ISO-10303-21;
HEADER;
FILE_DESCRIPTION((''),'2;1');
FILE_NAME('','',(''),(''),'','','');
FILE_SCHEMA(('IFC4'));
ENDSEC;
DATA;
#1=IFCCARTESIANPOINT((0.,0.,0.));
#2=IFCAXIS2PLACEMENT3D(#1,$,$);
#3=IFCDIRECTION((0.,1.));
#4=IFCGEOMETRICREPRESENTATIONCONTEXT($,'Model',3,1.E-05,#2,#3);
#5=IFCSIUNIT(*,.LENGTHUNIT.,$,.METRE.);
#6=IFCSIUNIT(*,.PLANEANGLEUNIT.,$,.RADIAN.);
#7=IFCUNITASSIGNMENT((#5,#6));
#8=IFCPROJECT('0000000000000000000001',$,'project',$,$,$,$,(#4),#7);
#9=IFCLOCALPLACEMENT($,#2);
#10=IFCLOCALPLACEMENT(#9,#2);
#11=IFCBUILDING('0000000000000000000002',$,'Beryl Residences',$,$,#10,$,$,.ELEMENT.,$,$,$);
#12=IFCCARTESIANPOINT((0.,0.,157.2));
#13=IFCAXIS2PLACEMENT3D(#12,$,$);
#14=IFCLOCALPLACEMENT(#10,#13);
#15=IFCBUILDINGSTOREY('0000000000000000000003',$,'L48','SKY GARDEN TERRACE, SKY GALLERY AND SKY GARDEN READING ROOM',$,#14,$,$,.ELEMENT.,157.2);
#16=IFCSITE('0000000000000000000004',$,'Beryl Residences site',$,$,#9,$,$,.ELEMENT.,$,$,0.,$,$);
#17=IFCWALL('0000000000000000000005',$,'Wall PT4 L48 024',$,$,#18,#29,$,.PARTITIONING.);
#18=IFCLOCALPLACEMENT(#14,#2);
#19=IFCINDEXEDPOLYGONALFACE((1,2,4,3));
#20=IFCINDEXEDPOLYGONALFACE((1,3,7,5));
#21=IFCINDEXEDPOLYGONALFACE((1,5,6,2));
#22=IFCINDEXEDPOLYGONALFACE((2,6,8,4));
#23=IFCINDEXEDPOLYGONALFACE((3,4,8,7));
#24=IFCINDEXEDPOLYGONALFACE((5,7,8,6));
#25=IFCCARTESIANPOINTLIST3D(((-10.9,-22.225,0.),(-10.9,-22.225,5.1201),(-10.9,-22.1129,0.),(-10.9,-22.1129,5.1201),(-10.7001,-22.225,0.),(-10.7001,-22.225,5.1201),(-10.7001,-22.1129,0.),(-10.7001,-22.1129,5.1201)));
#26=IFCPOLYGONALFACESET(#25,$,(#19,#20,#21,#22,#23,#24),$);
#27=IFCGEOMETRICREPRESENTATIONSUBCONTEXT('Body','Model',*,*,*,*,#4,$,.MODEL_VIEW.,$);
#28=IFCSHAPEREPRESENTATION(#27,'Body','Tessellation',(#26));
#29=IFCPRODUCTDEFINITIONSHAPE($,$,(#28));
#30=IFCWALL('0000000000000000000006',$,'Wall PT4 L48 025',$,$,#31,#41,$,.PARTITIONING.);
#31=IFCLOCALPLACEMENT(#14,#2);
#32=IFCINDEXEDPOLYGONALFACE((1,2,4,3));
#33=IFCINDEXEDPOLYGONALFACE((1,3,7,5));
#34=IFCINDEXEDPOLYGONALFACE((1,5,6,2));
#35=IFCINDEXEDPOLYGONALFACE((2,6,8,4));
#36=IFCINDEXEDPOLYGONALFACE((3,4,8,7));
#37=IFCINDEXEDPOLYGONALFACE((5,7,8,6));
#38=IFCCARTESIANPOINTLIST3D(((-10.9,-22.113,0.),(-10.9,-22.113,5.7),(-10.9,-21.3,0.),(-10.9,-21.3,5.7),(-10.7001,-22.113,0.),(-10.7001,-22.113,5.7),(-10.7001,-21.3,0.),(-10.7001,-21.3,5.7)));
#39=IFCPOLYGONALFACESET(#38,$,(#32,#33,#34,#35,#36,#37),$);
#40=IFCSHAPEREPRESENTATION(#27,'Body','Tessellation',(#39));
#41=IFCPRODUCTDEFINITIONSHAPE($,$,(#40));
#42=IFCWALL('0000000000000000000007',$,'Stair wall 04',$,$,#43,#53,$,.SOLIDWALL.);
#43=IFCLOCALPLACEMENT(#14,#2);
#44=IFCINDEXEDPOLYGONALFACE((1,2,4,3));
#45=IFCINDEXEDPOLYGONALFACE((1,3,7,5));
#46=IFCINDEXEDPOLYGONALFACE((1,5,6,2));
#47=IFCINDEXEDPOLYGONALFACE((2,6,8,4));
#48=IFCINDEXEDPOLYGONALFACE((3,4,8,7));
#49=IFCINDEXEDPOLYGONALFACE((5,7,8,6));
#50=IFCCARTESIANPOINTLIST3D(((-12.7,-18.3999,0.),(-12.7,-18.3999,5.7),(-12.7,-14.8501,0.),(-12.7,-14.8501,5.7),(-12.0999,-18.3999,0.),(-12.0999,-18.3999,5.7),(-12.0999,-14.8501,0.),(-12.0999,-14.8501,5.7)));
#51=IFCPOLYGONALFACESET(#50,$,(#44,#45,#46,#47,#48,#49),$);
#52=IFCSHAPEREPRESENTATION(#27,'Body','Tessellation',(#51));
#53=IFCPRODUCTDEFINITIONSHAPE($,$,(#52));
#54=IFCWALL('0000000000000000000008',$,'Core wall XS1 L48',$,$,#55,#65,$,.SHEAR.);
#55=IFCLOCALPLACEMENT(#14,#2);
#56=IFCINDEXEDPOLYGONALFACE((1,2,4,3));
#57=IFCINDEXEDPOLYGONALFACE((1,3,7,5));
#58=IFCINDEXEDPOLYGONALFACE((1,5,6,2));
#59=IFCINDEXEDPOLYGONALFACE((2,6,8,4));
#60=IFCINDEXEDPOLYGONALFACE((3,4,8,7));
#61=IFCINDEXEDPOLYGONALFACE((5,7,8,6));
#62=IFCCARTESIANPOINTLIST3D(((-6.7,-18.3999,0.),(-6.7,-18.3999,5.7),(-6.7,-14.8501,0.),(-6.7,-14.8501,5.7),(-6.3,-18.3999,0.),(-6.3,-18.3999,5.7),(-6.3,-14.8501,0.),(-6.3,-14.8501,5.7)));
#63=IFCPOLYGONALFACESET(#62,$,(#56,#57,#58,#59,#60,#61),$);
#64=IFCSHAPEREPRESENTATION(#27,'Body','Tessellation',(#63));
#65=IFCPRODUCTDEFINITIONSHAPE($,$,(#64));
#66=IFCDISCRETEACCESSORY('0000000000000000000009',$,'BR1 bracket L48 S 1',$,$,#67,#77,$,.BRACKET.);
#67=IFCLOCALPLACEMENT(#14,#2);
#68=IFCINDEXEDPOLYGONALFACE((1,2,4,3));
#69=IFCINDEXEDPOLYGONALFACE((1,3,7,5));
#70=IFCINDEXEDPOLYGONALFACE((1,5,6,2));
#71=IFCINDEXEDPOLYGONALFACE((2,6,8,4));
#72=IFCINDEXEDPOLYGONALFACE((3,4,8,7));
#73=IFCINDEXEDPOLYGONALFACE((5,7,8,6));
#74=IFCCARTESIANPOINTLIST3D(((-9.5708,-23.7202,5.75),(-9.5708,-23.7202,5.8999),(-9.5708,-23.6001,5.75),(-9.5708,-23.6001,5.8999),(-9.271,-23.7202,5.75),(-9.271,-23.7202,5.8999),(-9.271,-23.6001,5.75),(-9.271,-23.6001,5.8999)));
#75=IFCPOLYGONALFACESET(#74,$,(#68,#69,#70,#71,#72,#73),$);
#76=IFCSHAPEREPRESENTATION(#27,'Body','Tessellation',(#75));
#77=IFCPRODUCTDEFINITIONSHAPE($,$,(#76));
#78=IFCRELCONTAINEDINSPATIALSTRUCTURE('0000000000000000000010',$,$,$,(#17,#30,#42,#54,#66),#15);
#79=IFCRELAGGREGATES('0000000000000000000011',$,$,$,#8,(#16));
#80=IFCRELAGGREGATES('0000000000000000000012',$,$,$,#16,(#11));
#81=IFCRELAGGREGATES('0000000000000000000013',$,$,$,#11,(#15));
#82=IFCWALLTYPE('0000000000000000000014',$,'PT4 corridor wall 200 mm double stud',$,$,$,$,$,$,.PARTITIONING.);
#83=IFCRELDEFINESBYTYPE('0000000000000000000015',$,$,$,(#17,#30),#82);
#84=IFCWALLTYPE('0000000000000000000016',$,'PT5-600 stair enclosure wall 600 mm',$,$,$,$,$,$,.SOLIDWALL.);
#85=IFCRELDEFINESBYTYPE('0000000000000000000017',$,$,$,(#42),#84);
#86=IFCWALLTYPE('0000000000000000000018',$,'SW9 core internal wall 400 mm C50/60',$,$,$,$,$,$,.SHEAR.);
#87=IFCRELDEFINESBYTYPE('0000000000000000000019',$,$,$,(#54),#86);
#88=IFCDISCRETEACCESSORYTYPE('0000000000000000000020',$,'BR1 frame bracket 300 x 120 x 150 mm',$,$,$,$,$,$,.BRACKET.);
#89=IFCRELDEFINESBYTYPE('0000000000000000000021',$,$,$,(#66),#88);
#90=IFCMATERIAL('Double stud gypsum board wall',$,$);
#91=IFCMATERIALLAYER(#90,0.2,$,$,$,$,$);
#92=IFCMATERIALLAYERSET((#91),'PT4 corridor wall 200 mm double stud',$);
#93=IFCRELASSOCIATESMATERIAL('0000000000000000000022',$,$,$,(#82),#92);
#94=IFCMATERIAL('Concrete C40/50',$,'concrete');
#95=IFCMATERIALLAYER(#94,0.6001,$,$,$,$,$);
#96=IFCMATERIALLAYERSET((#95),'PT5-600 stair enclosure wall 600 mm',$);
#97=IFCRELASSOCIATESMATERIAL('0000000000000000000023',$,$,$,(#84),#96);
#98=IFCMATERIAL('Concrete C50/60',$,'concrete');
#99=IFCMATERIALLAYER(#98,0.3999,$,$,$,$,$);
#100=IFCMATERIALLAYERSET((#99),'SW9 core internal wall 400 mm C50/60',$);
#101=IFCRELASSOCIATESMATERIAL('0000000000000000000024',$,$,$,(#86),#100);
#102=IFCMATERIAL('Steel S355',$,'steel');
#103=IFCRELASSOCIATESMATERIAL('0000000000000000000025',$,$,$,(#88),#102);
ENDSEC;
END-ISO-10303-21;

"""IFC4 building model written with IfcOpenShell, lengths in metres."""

from ifc_helpers import new_model, si_unit, direction, frame, frame_2d, origin, place, context, subcontext, project, spatial, polyline, rectangle, outline, extrude, source, transform, mapped, material, layer, layer_set, type_object, type_shapes, element, save


model = new_model("IFC4")

# Units and contexts
model_context = context("Model", 3, precision=1e-05, world=origin(), true_north=direction((0.0, 1.0)))
body_context = subcontext(model_context, "Body", "Model", "MODEL_VIEW")
ifc_project = project(units=[si_unit("LENGTHUNIT", "METRE"), si_unit("PLANEANGLEUNIT", "RADIAN")], contexts=[model_context])

# Site, building, storey
site_placement = place(None, origin())
site = spatial("IfcSite", under=ifc_project, at=site_placement, Name="Beryl Residences site", CompositionType="ELEMENT", RefElevation=0.0)
building_placement = place(site_placement, origin())
building = spatial("IfcBuilding", under=site, at=building_placement, Name="Beryl Residences", CompositionType="ELEMENT")
storey_placement = place(building_placement, frame((0.0, 0.0, 157.2)))
storey = spatial("IfcBuildingStorey", under=building, at=storey_placement, Name="L48", Description="SKY GARDEN TERRACE, SKY GALLERY AND SKY GARDEN READING ROOM", CompositionType="ELEMENT", Elevation=157.2)

# Shared definitions
ifc_material_1 = material(Name="Double stud gypsum board wall")
ifc_layer_1 = layer(ifc_material_1, 0.2)
ifc_layer_set_1 = layer_set([ifc_layer_1], Name="PT4 corridor wall 200 mm double stud")
wall_type_1 = type_object("IfcWallType", Name="PT4 corridor wall 200 mm double stud", PredefinedType="PARTITIONING", material=ifc_layer_set_1)

# Walls
wall_1_placement = place(storey_placement, frame((-10.8, -22.2251, 0.0), z_axis=(0.0, 0.0, 1.0), x_axis=(0.0, 1.0, 0.0)))
element("IfcWall", 1, at=wall_1_placement, inside=storey, type_object=wall_type_1, Name="Wall PT4 L48 024", PredefinedType="PARTITIONING", context=body_context, shape_type="SweptSolid", body=[
    extrude(rectangle(XDim=0.1121, YDim=0.2, at=frame_2d((0.0562, 0.0))), origin(), (0.0, 0.0, 1.0), 5.1201),
])
wall_2_placement = place(storey_placement, frame((-10.8, -22.113, 0.0), z_axis=(0.0, 0.0, 1.0), x_axis=(0.0, 1.0, 0.0)))
element("IfcWall", 2, at=wall_2_placement, inside=storey, type_object=wall_type_1, Name="Wall PT4 L48 025", PredefinedType="PARTITIONING", context=body_context, shape_type="SweptSolid", body=[
    extrude(rectangle(XDim=0.813, YDim=0.2, at=frame_2d((0.4065, 0.0))), origin(), (0.0, 0.0, 1.0), 5.7),
])
ifc_material_2 = material(Name="Concrete C40/50", Category="concrete")
ifc_layer_2 = layer(ifc_material_2, 0.6001)
ifc_layer_set_2 = layer_set([ifc_layer_2], Name="PT5-600 stair enclosure wall 600 mm")
wall_type_2 = type_object("IfcWallType", Name="PT5-600 stair enclosure wall 600 mm", PredefinedType="SOLIDWALL", material=ifc_layer_set_2)
wall_3_placement = place(storey_placement, frame((-12.3999, -18.3999, 0.0), z_axis=(0.0, 0.0, 1.0), x_axis=(0.0, 1.0, 0.0)))
element("IfcWall", 3, at=wall_3_placement, inside=storey, type_object=wall_type_2, Name="Stair wall 04", PredefinedType="SOLIDWALL", context=body_context, shape_type="SweptSolid", body=[
    extrude(rectangle(XDim=3.5498, YDim=0.6001, at=frame_2d((1.7749, 0.0))), origin(), (0.0, 0.0, 1.0), 5.7),
])
ifc_material_3 = material(Name="Concrete C50/60", Category="concrete")
ifc_layer_3 = layer(ifc_material_3, 0.3999)
ifc_layer_set_3 = layer_set([ifc_layer_3], Name="SW9 core internal wall 400 mm C50/60")
wall_type_3 = type_object("IfcWallType", Name="SW9 core internal wall 400 mm C50/60", PredefinedType="SHEAR", material=ifc_layer_set_3)
wall_4_placement = place(storey_placement, frame((-6.5, -18.3999, 0.0), z_axis=(0.0, 0.0, 1.0), x_axis=(0.0, 1.0, 0.0)))
element("IfcWall", 4, at=wall_4_placement, inside=storey, type_object=wall_type_3, Name="Core wall XS1 L48", PredefinedType="SHEAR", context=body_context, shape_type="SweptSolid", body=[
    extrude(rectangle(XDim=3.5498, YDim=0.3999, at=frame_2d((1.7749, 0.0))), origin(), (0.0, 0.0, 1.0), 5.7),
])

# Discrete accessory
ifc_material_4 = material(Name="Steel S355", Category="steel")
discrete_accessory_type = type_object("IfcDiscreteAccessoryType", Name="BR1 frame bracket 300 x 120 x 150 mm", PredefinedType="BRACKET", material=ifc_material_4)
shared_shape_1 = source(origin(), body_context, "Body", "SweptSolid", [
    extrude(outline(polyline([(-0.1499, 0.0), (0.1499, 0.0), (0.1499, 0.1201), (-0.1499, 0.1201), (-0.1499, 0.0)])), origin(), (0.0, 0.0, 1.0), 0.1499),
])
type_shapes(discrete_accessory_type, [shared_shape_1])
discrete_accessory_placement = place(storey_placement, frame((-9.4209, -23.6001, 5.75), z_axis=(0.0, 0.0, 1.0), x_axis=(-1.0, 0.0, 0.0)))
element("IfcDiscreteAccessory", 5, at=discrete_accessory_placement, inside=storey, type_object=discrete_accessory_type, Name="BR1 bracket L48 S 1", PredefinedType="BRACKET", context=body_context, shape_type="MappedRepresentation", body=[
    mapped(shared_shape_1, transform((0.0, 0.0, 0.0))),
])

save(model, "model.ifc")
